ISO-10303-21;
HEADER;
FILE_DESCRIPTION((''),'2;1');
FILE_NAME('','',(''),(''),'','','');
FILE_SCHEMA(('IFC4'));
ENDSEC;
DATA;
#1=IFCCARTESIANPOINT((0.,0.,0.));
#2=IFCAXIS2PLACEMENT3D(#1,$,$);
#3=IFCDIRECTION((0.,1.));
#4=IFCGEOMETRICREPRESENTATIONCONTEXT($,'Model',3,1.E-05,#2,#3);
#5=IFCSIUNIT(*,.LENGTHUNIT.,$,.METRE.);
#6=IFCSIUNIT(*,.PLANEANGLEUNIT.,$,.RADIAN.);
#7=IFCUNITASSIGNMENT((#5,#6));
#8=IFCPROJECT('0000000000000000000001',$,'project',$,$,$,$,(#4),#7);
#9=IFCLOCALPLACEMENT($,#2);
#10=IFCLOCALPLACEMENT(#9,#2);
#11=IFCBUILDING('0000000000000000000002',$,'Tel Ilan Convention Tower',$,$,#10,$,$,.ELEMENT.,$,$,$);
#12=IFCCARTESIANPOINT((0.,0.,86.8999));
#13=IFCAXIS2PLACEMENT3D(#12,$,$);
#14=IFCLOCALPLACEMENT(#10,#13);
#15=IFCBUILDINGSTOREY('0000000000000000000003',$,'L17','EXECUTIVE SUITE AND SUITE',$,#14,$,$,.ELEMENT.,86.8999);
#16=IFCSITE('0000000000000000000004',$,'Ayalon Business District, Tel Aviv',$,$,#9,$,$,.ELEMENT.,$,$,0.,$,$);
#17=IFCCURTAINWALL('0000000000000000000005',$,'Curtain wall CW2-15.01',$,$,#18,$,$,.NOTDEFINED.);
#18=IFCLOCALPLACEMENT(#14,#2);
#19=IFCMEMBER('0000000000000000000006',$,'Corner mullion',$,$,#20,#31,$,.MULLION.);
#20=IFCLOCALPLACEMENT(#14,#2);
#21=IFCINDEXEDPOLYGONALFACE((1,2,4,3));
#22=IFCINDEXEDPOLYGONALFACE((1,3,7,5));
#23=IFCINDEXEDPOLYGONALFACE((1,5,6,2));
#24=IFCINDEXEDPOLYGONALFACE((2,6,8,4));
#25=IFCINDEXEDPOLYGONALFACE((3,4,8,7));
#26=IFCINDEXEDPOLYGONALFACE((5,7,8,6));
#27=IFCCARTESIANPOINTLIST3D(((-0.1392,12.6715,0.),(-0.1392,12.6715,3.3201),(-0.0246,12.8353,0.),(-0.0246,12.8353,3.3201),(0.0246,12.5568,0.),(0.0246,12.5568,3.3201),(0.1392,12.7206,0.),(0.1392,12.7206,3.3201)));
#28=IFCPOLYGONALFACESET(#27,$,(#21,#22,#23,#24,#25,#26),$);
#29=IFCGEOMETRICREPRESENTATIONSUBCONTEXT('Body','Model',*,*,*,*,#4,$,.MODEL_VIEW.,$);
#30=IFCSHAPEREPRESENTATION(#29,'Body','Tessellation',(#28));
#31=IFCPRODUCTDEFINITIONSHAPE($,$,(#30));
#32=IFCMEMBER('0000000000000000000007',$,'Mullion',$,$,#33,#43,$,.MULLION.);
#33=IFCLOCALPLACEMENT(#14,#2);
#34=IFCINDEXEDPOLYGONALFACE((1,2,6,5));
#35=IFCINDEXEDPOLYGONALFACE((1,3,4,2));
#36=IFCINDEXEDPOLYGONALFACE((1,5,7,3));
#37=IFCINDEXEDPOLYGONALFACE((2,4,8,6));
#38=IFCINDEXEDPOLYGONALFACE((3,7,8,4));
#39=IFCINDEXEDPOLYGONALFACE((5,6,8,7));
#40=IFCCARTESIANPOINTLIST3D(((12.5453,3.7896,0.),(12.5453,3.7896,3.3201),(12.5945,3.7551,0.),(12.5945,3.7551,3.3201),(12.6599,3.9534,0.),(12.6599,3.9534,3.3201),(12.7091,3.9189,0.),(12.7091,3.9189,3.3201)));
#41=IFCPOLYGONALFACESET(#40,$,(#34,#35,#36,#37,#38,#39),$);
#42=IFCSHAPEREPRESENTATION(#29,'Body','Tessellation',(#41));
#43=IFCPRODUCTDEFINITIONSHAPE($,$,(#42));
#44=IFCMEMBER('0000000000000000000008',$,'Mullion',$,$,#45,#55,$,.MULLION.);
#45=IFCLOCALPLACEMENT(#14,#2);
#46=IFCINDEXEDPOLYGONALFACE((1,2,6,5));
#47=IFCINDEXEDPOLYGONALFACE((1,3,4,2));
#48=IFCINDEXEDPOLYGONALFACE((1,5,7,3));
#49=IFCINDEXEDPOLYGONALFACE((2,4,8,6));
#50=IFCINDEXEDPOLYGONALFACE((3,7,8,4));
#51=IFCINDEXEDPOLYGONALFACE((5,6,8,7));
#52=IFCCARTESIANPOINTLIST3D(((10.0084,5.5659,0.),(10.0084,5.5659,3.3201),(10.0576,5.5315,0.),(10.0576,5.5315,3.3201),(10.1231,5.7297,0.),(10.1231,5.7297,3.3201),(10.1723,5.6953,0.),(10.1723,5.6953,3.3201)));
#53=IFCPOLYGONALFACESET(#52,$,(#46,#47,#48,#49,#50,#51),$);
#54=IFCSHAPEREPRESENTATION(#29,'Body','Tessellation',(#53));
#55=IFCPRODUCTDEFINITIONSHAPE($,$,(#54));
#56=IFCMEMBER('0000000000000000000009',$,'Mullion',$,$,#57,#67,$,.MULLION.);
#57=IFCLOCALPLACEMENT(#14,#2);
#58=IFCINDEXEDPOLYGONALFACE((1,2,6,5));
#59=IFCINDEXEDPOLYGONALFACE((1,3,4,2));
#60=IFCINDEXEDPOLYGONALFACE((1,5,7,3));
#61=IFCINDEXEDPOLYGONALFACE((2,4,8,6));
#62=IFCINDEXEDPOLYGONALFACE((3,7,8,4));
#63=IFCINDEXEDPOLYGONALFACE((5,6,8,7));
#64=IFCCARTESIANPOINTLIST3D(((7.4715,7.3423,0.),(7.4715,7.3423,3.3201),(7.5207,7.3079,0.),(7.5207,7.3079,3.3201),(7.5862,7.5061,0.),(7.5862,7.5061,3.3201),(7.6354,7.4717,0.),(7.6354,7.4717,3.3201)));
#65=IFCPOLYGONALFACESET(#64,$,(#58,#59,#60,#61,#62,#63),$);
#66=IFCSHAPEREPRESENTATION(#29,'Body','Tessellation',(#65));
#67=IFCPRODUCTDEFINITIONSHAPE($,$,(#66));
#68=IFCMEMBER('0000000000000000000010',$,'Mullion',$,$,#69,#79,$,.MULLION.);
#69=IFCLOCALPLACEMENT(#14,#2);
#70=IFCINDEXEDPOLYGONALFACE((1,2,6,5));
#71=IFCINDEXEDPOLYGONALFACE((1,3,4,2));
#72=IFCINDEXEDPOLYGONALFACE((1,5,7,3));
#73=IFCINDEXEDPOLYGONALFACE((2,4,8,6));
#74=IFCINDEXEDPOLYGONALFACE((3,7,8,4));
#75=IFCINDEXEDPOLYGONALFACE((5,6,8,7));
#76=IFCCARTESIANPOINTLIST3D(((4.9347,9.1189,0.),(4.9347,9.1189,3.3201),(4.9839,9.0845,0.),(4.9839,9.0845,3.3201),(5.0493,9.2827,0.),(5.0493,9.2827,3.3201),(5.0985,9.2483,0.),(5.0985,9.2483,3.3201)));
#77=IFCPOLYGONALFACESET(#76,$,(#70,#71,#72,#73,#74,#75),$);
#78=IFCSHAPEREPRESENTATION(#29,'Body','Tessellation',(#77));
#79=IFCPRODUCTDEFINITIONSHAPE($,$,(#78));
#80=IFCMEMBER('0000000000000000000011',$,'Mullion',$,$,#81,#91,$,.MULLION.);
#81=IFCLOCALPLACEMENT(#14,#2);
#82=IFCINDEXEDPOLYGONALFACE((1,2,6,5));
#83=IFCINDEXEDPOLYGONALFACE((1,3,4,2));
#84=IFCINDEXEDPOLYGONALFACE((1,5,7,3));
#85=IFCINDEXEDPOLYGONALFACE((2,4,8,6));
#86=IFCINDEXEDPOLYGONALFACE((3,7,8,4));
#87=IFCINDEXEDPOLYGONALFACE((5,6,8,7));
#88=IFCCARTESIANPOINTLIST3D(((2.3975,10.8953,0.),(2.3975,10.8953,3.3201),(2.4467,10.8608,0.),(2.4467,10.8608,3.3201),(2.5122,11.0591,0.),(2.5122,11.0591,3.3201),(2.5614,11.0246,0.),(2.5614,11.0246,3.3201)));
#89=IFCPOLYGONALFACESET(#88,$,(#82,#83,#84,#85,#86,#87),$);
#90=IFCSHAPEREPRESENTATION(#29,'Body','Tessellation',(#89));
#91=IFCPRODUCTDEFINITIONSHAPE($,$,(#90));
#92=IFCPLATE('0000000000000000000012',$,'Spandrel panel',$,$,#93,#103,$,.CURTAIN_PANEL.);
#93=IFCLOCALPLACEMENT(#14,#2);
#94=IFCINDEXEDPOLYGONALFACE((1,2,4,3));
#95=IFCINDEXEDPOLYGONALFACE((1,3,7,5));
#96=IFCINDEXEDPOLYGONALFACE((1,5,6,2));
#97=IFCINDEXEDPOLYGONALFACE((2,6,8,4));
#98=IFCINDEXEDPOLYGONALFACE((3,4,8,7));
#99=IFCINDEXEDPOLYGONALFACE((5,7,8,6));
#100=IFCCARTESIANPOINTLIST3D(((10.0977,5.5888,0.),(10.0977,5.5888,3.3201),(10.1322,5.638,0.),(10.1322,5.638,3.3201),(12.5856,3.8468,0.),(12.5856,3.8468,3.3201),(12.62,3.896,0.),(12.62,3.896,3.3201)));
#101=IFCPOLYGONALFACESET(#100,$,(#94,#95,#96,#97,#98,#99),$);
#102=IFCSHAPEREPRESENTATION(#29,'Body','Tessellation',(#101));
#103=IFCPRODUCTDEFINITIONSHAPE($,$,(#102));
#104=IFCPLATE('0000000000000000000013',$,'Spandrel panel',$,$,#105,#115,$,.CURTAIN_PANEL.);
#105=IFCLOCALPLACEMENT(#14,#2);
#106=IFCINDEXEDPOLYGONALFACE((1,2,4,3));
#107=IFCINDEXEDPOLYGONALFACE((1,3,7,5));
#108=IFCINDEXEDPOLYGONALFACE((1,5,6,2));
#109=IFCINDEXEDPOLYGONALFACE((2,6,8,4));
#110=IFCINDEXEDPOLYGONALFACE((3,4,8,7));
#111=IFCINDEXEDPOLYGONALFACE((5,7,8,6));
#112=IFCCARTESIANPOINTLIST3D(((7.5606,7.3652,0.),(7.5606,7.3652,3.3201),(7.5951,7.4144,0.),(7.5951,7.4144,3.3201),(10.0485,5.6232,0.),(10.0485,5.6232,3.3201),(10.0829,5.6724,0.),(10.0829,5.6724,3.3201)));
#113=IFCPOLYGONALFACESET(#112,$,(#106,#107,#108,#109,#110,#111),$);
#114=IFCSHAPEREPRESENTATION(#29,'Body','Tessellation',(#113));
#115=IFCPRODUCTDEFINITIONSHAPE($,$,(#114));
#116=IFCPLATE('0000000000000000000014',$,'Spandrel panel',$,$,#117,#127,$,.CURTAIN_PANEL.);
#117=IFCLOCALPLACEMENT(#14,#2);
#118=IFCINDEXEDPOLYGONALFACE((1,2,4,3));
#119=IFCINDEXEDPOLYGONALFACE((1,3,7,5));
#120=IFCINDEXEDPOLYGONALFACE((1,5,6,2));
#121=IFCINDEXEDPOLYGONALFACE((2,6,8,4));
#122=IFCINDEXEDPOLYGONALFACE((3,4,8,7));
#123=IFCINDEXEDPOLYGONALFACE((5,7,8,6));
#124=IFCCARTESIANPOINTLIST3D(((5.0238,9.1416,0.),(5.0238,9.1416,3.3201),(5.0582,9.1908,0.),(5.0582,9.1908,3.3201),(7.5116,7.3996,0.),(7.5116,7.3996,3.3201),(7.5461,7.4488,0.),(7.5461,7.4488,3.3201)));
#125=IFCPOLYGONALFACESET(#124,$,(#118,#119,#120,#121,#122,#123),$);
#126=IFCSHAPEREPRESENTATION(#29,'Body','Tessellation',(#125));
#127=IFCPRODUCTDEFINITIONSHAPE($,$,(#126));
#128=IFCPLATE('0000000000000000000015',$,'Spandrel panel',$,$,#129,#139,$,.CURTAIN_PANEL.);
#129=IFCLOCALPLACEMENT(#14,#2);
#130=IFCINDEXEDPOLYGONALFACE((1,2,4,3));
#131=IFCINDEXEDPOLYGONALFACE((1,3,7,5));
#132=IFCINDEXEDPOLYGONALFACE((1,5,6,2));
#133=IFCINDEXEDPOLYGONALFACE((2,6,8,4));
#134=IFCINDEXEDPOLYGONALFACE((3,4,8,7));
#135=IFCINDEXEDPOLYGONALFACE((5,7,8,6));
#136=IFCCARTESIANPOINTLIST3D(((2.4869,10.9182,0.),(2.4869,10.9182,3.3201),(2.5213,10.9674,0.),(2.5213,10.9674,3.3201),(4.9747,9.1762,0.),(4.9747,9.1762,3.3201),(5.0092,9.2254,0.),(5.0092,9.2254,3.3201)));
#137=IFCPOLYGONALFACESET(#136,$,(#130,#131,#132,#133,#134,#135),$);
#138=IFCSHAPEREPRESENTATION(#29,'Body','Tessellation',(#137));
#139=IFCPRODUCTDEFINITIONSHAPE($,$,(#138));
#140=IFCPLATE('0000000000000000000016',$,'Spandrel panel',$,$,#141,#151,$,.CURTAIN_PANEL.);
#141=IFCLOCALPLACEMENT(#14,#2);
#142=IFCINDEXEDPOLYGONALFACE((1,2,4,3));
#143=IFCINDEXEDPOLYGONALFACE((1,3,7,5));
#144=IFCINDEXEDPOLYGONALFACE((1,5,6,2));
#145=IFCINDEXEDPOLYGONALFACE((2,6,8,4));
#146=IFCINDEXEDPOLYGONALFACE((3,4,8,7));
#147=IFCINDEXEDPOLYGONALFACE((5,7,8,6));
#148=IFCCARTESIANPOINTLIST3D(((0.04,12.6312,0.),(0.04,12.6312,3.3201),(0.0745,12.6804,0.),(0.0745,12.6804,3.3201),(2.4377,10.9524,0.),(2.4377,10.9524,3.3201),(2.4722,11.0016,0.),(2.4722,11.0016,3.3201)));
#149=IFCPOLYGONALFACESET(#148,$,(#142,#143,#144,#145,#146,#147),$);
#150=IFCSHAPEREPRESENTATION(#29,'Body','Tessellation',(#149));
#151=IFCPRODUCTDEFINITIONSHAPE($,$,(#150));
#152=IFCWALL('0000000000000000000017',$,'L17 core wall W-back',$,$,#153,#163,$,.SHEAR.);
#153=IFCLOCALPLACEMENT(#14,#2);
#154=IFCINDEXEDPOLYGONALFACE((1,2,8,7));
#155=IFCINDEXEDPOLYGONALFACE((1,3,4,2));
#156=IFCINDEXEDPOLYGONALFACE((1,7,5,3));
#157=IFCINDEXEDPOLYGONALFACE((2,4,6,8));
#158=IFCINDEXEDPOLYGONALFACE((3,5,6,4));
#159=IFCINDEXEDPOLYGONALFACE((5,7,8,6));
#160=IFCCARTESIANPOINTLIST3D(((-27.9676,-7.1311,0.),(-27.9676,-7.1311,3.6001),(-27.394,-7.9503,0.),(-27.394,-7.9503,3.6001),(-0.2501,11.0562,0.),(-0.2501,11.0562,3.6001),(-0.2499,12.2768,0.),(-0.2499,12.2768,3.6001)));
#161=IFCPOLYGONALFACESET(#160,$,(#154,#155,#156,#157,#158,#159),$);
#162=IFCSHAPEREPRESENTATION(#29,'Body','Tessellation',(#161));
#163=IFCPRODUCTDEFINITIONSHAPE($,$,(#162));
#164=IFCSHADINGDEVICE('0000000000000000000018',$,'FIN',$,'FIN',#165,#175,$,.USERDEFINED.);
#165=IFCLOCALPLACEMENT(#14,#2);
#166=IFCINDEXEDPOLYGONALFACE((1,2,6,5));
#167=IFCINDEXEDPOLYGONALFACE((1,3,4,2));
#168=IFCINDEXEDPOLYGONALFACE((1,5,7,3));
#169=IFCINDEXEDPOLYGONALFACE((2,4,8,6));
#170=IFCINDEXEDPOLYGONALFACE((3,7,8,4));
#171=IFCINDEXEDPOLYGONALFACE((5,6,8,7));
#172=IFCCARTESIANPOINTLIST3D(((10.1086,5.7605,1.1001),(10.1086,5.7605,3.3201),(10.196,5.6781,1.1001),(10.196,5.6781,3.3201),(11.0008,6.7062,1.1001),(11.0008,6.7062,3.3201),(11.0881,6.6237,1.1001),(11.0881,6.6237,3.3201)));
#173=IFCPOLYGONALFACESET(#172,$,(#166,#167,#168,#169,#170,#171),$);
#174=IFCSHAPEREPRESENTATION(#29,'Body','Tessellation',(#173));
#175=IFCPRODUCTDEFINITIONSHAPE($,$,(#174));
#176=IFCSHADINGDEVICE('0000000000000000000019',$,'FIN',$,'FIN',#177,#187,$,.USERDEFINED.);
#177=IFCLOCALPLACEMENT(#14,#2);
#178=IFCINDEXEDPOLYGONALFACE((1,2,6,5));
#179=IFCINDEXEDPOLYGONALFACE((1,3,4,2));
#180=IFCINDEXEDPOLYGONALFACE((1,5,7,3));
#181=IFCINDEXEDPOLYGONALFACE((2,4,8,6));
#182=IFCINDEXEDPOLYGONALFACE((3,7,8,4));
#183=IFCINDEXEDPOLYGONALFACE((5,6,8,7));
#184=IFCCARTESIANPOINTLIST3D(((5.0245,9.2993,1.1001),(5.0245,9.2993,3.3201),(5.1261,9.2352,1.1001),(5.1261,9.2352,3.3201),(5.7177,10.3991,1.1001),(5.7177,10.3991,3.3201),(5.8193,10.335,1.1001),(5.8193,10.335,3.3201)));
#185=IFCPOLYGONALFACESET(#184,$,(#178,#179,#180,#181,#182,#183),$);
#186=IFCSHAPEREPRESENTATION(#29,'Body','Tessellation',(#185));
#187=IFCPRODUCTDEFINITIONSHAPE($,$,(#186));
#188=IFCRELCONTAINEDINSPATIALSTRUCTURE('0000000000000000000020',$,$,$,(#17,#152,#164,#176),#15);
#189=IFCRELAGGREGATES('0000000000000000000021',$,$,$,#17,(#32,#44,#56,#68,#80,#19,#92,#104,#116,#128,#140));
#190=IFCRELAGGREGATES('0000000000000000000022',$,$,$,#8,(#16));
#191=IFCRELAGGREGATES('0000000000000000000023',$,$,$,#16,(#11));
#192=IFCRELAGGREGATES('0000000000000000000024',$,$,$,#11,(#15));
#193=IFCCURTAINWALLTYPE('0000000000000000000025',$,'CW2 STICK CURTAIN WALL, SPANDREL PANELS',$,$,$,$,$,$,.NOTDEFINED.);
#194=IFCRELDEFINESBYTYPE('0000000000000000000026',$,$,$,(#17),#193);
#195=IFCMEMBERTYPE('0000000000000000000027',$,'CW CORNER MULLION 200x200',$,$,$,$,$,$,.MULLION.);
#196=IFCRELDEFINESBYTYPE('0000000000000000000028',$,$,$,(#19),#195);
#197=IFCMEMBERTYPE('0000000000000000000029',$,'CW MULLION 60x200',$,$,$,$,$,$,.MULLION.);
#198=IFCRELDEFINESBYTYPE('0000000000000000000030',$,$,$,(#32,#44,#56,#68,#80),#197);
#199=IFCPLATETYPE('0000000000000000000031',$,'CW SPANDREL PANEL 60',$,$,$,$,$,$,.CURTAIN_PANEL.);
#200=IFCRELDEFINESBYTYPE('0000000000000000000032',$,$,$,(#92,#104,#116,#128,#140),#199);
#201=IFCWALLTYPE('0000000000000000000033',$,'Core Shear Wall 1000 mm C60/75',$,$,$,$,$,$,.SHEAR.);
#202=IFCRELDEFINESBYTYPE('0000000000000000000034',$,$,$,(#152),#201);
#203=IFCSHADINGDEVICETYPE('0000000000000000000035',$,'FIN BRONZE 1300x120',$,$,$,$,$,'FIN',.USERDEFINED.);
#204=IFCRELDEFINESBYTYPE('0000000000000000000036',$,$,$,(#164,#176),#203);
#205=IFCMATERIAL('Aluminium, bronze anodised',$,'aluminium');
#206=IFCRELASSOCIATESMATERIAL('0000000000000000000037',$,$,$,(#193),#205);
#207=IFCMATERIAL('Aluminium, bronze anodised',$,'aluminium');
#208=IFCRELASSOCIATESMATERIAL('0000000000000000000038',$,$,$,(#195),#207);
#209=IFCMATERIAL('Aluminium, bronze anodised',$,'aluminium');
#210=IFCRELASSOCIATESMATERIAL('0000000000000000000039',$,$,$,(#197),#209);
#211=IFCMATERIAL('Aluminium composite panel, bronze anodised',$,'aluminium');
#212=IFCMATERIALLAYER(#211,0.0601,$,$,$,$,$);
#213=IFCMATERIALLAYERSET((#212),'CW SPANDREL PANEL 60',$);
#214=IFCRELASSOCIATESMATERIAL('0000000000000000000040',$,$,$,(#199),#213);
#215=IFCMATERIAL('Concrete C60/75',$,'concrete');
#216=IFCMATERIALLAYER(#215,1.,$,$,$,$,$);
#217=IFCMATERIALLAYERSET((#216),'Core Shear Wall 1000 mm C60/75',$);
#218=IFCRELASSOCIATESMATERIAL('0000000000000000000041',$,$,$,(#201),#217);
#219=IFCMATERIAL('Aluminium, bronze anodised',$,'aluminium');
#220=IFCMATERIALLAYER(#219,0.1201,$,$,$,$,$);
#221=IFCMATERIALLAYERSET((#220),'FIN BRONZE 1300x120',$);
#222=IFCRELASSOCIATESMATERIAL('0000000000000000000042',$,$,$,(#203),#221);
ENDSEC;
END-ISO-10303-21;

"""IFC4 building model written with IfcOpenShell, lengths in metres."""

from ifc_helpers import new_model, si_unit, direction, frame, origin, origin_2d, place, context, subcontext, project, spatial, polyline, rectangle, outline, extrude, material, layer, layer_set, material_profile, profile_set, type_object, element, aggregate, save


model = new_model("IFC4")

# Units and contexts
model_context = context("Model", 3, precision=1e-05, world=origin(), true_north=direction((0.0, 1.0)))
body_context = subcontext(model_context, "Body", "Model", "MODEL_VIEW")
ifc_project = project(units=[si_unit("LENGTHUNIT", "METRE"), si_unit("PLANEANGLEUNIT", "RADIAN")], contexts=[model_context])

# Site, building, storey
site_placement = place(None, origin())
site = spatial("IfcSite", under=ifc_project, at=site_placement, Name="Ayalon Business District, Tel Aviv", CompositionType="ELEMENT", RefElevation=0.0)
building_placement = place(site_placement, origin())
building = spatial("IfcBuilding", under=site, at=building_placement, Name="Tel Ilan Convention Tower", CompositionType="ELEMENT")
storey_placement = place(building_placement, frame((0.0, 0.0, 86.8999)))
storey = spatial("IfcBuildingStorey", under=building, at=storey_placement, Name="L17", Description="EXECUTIVE SUITE AND SUITE", CompositionType="ELEMENT", Elevation=86.8999)

# Curtain wall, members, plates
ifc_material_1 = material(Name="Aluminium, bronze anodised", Category="aluminium")
curtain_wall_type = type_object("IfcCurtainWallType", Name="CW2 STICK CURTAIN WALL, SPANDREL PANELS", PredefinedType="NOTDEFINED", material=ifc_material_1)
curtain_wall_placement = place(storey_placement, origin())
curtain_wall = element("IfcCurtainWall", 1, at=curtain_wall_placement, inside=storey, type_object=curtain_wall_type, Name="Curtain wall CW2-15.01", PredefinedType="NOTDEFINED")
ifc_material_2 = material(Name="Aluminium, bronze anodised", Category="aluminium")
ifc_material_profile_1 = material_profile(ifc_material_2, rectangle(XDim=0.2, YDim=0.2, at=origin_2d()), Name="CW CORNER MULLION 200x200")
ifc_profile_set_1 = profile_set([ifc_material_profile_1], Name="Aluminium, bronze anodised")
member_type_1 = type_object("IfcMemberType", Name="CW CORNER MULLION 200x200", PredefinedType="MULLION", material=ifc_profile_set_1)
member_1_placement = place(storey_placement, frame((0.0, 12.696, 0.0), z_axis=(0.0, 0.0, 1.0), x_axis=(-0.819152, 0.573576, 0.0)))
member_1 = element("IfcMember", 2, at=member_1_placement, type_object=member_type_1, Name="Corner mullion", PredefinedType="MULLION", context=body_context, shape_type="SweptSolid", body=[
    extrude(rectangle(XDim=0.2, YDim=0.2, at=origin_2d()), origin(), (0.0, 0.0, 1.0), 3.3201),
])
ifc_material_3 = material(Name="Aluminium, bronze anodised", Category="aluminium")
ifc_material_profile_2 = material_profile(ifc_material_3, rectangle(XDim=0.0601, YDim=0.2, at=origin_2d()), Name="CW MULLION 60x200")
ifc_profile_set_2 = profile_set([ifc_material_profile_2], Name="Aluminium, bronze anodised")
member_type_2 = type_object("IfcMemberType", Name="CW MULLION 60x200", PredefinedType="MULLION", material=ifc_profile_set_2)
member_2_placement = place(storey_placement, frame((12.6272, 3.8542, 0.0), z_axis=(0.0, 0.0, 1.0), x_axis=(-0.819152, 0.573576, 0.0)))
member_2 = element("IfcMember", 3, at=member_2_placement, type_object=member_type_2, Name="Mullion", PredefinedType="MULLION", context=body_context, shape_type="SweptSolid", body=[
    extrude(rectangle(XDim=0.0601, YDim=0.2, at=origin_2d()), origin(), (0.0, 0.0, 1.0), 3.3201),
])
member_3_placement = place(storey_placement, frame((10.0903, 5.6306, 0.0), z_axis=(0.0, 0.0, 1.0), x_axis=(-0.819152, 0.573576, 0.0)))
member_3 = element("IfcMember", 4, at=member_3_placement, type_object=member_type_2, Name="Mullion", PredefinedType="MULLION", context=body_context, shape_type="SweptSolid", body=[
    extrude(rectangle(XDim=0.0601, YDim=0.2, at=origin_2d()), origin(), (0.0, 0.0, 1.0), 3.3201),
])
member_4_placement = place(storey_placement, frame((7.5535, 7.407, 0.0), z_axis=(0.0, 0.0, 1.0), x_axis=(-0.819152, 0.573576, 0.0)))
member_4 = element("IfcMember", 5, at=member_4_placement, type_object=member_type_2, Name="Mullion", PredefinedType="MULLION", context=body_context, shape_type="SweptSolid", body=[
    extrude(rectangle(XDim=0.0601, YDim=0.2, at=origin_2d()), origin(), (0.0, 0.0, 1.0), 3.3201),
])
member_5_placement = place(storey_placement, frame((5.0166, 9.1836, 0.0), z_axis=(0.0, 0.0, 1.0), x_axis=(-0.819152, 0.573576, 0.0)))
member_5 = element("IfcMember", 6, at=member_5_placement, type_object=member_type_2, Name="Mullion", PredefinedType="MULLION", context=body_context, shape_type="SweptSolid", body=[
    extrude(rectangle(XDim=0.0601, YDim=0.2, at=origin_2d()), origin(), (0.0, 0.0, 1.0), 3.3201),
])
member_6_placement = place(storey_placement, frame((2.4795, 10.96, 0.0), z_axis=(0.0, 0.0, 1.0), x_axis=(-0.819152, 0.573576, 0.0)))
member_6 = element("IfcMember", 7, at=member_6_placement, type_object=member_type_2, Name="Mullion", PredefinedType="MULLION", context=body_context, shape_type="SweptSolid", body=[
    extrude(rectangle(XDim=0.0601, YDim=0.2, at=origin_2d()), origin(), (0.0, 0.0, 1.0), 3.3201),
])
ifc_material_4 = material(Name="Aluminium composite panel, bronze anodised", Category="aluminium")
ifc_layer_1 = layer(ifc_material_4, 0.0601)
ifc_layer_set_1 = layer_set([ifc_layer_1], Name="CW SPANDREL PANEL 60")
plate_type = type_object("IfcPlateType", Name="CW SPANDREL PANEL 60", PredefinedType="CURTAIN_PANEL", material=ifc_layer_set_1)
plate_1_placement = place(storey_placement, frame((11.3589, 4.7424, 0.0), z_axis=(0.0, 0.0, 1.0), x_axis=(-0.819152, 0.573576, 0.0)))
plate_1 = element("IfcPlate", 8, at=plate_1_placement, type_object=plate_type, Name="Spandrel panel", PredefinedType="CURTAIN_PANEL", context=body_context, shape_type="SweptSolid", body=[
    extrude(rectangle(XDim=3.0371, YDim=0.0601, at=origin_2d()), origin(), (0.0, 0.0, 1.0), 3.3201),
])
plate_2_placement = place(storey_placement, frame((8.8218, 6.5188, 0.0), z_axis=(0.0, 0.0, 1.0), x_axis=(-0.819152, 0.573576, 0.0)))
plate_2 = element("IfcPlate", 9, at=plate_2_placement, type_object=plate_type, Name="Spandrel panel", PredefinedType="CURTAIN_PANEL", context=body_context, shape_type="SweptSolid", body=[
    extrude(rectangle(XDim=3.0371, YDim=0.0601, at=origin_2d()), origin(), (0.0, 0.0, 1.0), 3.3201),
])
plate_3_placement = place(storey_placement, frame((6.2849, 8.2952, 0.0), z_axis=(0.0, 0.0, 1.0), x_axis=(-0.819152, 0.573576, 0.0)))
plate_3 = element("IfcPlate", 10, at=plate_3_placement, type_object=plate_type, Name="Spandrel panel", PredefinedType="CURTAIN_PANEL", context=body_context, shape_type="SweptSolid", body=[
    extrude(rectangle(XDim=3.0371, YDim=0.0601, at=origin_2d()), origin(), (0.0, 0.0, 1.0), 3.3201),
])
plate_4_placement = place(storey_placement, frame((3.748, 10.0718, 0.0), z_axis=(0.0, 0.0, 1.0), x_axis=(-0.819152, 0.573576, 0.0)))
plate_4 = element("IfcPlate", 11, at=plate_4_placement, type_object=plate_type, Name="Spandrel panel", PredefinedType="CURTAIN_PANEL", context=body_context, shape_type="SweptSolid", body=[
    extrude(rectangle(XDim=3.0371, YDim=0.0601, at=origin_2d()), origin(), (0.0, 0.0, 1.0), 3.3201),
])
plate_5_placement = place(storey_placement, frame((1.2561, 11.8164, 0.0), z_axis=(0.0, 0.0, 1.0), x_axis=(-0.819152, 0.573576, 0.0)))
plate_5 = element("IfcPlate", 12, at=plate_5_placement, type_object=plate_type, Name="Spandrel panel", PredefinedType="CURTAIN_PANEL", context=body_context, shape_type="SweptSolid", body=[
    extrude(rectangle(XDim=2.927, YDim=0.0601, at=origin_2d()), origin(), (0.0, 0.0, 1.0), 3.3201),
])
aggregate(curtain_wall, [member_2, member_3, member_4, member_5, member_6, member_1, plate_1, plate_2, plate_3, plate_4, plate_5])

# Wall
ifc_material_5 = material(Name="Concrete C60/75", Category="concrete")
ifc_layer_2 = layer(ifc_material_5, 1.0)
ifc_layer_set_2 = layer_set([ifc_layer_2], Name="Core Shear Wall 1000 mm C60/75")
wall_type = type_object("IfcWallType", Name="Core Shear Wall 1000 mm C60/75", PredefinedType="SHEAR", material=ifc_layer_set_2)
wall_placement = place(storey_placement, frame((0.0369, 11.8672, 0.0), z_axis=(0.0, 0.0, 1.0), x_axis=(-0.819155, -0.573572, 0.0)))
element("IfcWall", 13, at=wall_placement, inside=storey, type_object=wall_type, Name="L17 core wall W-back", PredefinedType="SHEAR", context=body_context, shape_type="SweptSolid", body=[
    extrude(outline(polyline([(33.8369, 0.5), (0.7002, 0.4998), (0.0, -0.5), (33.8369, -0.5), (33.8369, 0.5)])), origin(), (0.0, 0.0, 1.0), 3.6001),
])

# Shading devices
ifc_material_6 = material(Name="Aluminium, bronze anodised", Category="aluminium")
ifc_layer_3 = layer(ifc_material_6, 0.1201)
ifc_layer_set_3 = layer_set([ifc_layer_3], Name="FIN BRONZE 1300x120")
shading_device_type = type_object("IfcShadingDeviceType", Name="FIN BRONZE 1300x120", ElementType="FIN", PredefinedType="USERDEFINED", material=ifc_layer_set_3)
for number, where, z_axis, x_axis, name in (
    (14, (10.5984, 6.1921, 1.1001), (0.0, 0.0, 1.0), (0.686242, 0.727374, 0.0), "FIN"),
    (15, (5.4219, 9.8171, 1.1001), (0.0, 0.0, 1.0), (0.533204, 0.845986, 0.0), "FIN"),
):
    element("IfcShadingDevice", number, at=place(storey_placement, frame(where, z_axis=z_axis, x_axis=x_axis)), inside=storey, type_object=shading_device_type, Name=name, ObjectType="FIN", PredefinedType="USERDEFINED", context=body_context, shape_type="SweptSolid", body=[
        extrude(rectangle(XDim=1.3, YDim=0.1201, at=origin_2d()), origin(), (0.0, 0.0, 1.0), 2.22),
    ])

save(model, "model.ifc")
